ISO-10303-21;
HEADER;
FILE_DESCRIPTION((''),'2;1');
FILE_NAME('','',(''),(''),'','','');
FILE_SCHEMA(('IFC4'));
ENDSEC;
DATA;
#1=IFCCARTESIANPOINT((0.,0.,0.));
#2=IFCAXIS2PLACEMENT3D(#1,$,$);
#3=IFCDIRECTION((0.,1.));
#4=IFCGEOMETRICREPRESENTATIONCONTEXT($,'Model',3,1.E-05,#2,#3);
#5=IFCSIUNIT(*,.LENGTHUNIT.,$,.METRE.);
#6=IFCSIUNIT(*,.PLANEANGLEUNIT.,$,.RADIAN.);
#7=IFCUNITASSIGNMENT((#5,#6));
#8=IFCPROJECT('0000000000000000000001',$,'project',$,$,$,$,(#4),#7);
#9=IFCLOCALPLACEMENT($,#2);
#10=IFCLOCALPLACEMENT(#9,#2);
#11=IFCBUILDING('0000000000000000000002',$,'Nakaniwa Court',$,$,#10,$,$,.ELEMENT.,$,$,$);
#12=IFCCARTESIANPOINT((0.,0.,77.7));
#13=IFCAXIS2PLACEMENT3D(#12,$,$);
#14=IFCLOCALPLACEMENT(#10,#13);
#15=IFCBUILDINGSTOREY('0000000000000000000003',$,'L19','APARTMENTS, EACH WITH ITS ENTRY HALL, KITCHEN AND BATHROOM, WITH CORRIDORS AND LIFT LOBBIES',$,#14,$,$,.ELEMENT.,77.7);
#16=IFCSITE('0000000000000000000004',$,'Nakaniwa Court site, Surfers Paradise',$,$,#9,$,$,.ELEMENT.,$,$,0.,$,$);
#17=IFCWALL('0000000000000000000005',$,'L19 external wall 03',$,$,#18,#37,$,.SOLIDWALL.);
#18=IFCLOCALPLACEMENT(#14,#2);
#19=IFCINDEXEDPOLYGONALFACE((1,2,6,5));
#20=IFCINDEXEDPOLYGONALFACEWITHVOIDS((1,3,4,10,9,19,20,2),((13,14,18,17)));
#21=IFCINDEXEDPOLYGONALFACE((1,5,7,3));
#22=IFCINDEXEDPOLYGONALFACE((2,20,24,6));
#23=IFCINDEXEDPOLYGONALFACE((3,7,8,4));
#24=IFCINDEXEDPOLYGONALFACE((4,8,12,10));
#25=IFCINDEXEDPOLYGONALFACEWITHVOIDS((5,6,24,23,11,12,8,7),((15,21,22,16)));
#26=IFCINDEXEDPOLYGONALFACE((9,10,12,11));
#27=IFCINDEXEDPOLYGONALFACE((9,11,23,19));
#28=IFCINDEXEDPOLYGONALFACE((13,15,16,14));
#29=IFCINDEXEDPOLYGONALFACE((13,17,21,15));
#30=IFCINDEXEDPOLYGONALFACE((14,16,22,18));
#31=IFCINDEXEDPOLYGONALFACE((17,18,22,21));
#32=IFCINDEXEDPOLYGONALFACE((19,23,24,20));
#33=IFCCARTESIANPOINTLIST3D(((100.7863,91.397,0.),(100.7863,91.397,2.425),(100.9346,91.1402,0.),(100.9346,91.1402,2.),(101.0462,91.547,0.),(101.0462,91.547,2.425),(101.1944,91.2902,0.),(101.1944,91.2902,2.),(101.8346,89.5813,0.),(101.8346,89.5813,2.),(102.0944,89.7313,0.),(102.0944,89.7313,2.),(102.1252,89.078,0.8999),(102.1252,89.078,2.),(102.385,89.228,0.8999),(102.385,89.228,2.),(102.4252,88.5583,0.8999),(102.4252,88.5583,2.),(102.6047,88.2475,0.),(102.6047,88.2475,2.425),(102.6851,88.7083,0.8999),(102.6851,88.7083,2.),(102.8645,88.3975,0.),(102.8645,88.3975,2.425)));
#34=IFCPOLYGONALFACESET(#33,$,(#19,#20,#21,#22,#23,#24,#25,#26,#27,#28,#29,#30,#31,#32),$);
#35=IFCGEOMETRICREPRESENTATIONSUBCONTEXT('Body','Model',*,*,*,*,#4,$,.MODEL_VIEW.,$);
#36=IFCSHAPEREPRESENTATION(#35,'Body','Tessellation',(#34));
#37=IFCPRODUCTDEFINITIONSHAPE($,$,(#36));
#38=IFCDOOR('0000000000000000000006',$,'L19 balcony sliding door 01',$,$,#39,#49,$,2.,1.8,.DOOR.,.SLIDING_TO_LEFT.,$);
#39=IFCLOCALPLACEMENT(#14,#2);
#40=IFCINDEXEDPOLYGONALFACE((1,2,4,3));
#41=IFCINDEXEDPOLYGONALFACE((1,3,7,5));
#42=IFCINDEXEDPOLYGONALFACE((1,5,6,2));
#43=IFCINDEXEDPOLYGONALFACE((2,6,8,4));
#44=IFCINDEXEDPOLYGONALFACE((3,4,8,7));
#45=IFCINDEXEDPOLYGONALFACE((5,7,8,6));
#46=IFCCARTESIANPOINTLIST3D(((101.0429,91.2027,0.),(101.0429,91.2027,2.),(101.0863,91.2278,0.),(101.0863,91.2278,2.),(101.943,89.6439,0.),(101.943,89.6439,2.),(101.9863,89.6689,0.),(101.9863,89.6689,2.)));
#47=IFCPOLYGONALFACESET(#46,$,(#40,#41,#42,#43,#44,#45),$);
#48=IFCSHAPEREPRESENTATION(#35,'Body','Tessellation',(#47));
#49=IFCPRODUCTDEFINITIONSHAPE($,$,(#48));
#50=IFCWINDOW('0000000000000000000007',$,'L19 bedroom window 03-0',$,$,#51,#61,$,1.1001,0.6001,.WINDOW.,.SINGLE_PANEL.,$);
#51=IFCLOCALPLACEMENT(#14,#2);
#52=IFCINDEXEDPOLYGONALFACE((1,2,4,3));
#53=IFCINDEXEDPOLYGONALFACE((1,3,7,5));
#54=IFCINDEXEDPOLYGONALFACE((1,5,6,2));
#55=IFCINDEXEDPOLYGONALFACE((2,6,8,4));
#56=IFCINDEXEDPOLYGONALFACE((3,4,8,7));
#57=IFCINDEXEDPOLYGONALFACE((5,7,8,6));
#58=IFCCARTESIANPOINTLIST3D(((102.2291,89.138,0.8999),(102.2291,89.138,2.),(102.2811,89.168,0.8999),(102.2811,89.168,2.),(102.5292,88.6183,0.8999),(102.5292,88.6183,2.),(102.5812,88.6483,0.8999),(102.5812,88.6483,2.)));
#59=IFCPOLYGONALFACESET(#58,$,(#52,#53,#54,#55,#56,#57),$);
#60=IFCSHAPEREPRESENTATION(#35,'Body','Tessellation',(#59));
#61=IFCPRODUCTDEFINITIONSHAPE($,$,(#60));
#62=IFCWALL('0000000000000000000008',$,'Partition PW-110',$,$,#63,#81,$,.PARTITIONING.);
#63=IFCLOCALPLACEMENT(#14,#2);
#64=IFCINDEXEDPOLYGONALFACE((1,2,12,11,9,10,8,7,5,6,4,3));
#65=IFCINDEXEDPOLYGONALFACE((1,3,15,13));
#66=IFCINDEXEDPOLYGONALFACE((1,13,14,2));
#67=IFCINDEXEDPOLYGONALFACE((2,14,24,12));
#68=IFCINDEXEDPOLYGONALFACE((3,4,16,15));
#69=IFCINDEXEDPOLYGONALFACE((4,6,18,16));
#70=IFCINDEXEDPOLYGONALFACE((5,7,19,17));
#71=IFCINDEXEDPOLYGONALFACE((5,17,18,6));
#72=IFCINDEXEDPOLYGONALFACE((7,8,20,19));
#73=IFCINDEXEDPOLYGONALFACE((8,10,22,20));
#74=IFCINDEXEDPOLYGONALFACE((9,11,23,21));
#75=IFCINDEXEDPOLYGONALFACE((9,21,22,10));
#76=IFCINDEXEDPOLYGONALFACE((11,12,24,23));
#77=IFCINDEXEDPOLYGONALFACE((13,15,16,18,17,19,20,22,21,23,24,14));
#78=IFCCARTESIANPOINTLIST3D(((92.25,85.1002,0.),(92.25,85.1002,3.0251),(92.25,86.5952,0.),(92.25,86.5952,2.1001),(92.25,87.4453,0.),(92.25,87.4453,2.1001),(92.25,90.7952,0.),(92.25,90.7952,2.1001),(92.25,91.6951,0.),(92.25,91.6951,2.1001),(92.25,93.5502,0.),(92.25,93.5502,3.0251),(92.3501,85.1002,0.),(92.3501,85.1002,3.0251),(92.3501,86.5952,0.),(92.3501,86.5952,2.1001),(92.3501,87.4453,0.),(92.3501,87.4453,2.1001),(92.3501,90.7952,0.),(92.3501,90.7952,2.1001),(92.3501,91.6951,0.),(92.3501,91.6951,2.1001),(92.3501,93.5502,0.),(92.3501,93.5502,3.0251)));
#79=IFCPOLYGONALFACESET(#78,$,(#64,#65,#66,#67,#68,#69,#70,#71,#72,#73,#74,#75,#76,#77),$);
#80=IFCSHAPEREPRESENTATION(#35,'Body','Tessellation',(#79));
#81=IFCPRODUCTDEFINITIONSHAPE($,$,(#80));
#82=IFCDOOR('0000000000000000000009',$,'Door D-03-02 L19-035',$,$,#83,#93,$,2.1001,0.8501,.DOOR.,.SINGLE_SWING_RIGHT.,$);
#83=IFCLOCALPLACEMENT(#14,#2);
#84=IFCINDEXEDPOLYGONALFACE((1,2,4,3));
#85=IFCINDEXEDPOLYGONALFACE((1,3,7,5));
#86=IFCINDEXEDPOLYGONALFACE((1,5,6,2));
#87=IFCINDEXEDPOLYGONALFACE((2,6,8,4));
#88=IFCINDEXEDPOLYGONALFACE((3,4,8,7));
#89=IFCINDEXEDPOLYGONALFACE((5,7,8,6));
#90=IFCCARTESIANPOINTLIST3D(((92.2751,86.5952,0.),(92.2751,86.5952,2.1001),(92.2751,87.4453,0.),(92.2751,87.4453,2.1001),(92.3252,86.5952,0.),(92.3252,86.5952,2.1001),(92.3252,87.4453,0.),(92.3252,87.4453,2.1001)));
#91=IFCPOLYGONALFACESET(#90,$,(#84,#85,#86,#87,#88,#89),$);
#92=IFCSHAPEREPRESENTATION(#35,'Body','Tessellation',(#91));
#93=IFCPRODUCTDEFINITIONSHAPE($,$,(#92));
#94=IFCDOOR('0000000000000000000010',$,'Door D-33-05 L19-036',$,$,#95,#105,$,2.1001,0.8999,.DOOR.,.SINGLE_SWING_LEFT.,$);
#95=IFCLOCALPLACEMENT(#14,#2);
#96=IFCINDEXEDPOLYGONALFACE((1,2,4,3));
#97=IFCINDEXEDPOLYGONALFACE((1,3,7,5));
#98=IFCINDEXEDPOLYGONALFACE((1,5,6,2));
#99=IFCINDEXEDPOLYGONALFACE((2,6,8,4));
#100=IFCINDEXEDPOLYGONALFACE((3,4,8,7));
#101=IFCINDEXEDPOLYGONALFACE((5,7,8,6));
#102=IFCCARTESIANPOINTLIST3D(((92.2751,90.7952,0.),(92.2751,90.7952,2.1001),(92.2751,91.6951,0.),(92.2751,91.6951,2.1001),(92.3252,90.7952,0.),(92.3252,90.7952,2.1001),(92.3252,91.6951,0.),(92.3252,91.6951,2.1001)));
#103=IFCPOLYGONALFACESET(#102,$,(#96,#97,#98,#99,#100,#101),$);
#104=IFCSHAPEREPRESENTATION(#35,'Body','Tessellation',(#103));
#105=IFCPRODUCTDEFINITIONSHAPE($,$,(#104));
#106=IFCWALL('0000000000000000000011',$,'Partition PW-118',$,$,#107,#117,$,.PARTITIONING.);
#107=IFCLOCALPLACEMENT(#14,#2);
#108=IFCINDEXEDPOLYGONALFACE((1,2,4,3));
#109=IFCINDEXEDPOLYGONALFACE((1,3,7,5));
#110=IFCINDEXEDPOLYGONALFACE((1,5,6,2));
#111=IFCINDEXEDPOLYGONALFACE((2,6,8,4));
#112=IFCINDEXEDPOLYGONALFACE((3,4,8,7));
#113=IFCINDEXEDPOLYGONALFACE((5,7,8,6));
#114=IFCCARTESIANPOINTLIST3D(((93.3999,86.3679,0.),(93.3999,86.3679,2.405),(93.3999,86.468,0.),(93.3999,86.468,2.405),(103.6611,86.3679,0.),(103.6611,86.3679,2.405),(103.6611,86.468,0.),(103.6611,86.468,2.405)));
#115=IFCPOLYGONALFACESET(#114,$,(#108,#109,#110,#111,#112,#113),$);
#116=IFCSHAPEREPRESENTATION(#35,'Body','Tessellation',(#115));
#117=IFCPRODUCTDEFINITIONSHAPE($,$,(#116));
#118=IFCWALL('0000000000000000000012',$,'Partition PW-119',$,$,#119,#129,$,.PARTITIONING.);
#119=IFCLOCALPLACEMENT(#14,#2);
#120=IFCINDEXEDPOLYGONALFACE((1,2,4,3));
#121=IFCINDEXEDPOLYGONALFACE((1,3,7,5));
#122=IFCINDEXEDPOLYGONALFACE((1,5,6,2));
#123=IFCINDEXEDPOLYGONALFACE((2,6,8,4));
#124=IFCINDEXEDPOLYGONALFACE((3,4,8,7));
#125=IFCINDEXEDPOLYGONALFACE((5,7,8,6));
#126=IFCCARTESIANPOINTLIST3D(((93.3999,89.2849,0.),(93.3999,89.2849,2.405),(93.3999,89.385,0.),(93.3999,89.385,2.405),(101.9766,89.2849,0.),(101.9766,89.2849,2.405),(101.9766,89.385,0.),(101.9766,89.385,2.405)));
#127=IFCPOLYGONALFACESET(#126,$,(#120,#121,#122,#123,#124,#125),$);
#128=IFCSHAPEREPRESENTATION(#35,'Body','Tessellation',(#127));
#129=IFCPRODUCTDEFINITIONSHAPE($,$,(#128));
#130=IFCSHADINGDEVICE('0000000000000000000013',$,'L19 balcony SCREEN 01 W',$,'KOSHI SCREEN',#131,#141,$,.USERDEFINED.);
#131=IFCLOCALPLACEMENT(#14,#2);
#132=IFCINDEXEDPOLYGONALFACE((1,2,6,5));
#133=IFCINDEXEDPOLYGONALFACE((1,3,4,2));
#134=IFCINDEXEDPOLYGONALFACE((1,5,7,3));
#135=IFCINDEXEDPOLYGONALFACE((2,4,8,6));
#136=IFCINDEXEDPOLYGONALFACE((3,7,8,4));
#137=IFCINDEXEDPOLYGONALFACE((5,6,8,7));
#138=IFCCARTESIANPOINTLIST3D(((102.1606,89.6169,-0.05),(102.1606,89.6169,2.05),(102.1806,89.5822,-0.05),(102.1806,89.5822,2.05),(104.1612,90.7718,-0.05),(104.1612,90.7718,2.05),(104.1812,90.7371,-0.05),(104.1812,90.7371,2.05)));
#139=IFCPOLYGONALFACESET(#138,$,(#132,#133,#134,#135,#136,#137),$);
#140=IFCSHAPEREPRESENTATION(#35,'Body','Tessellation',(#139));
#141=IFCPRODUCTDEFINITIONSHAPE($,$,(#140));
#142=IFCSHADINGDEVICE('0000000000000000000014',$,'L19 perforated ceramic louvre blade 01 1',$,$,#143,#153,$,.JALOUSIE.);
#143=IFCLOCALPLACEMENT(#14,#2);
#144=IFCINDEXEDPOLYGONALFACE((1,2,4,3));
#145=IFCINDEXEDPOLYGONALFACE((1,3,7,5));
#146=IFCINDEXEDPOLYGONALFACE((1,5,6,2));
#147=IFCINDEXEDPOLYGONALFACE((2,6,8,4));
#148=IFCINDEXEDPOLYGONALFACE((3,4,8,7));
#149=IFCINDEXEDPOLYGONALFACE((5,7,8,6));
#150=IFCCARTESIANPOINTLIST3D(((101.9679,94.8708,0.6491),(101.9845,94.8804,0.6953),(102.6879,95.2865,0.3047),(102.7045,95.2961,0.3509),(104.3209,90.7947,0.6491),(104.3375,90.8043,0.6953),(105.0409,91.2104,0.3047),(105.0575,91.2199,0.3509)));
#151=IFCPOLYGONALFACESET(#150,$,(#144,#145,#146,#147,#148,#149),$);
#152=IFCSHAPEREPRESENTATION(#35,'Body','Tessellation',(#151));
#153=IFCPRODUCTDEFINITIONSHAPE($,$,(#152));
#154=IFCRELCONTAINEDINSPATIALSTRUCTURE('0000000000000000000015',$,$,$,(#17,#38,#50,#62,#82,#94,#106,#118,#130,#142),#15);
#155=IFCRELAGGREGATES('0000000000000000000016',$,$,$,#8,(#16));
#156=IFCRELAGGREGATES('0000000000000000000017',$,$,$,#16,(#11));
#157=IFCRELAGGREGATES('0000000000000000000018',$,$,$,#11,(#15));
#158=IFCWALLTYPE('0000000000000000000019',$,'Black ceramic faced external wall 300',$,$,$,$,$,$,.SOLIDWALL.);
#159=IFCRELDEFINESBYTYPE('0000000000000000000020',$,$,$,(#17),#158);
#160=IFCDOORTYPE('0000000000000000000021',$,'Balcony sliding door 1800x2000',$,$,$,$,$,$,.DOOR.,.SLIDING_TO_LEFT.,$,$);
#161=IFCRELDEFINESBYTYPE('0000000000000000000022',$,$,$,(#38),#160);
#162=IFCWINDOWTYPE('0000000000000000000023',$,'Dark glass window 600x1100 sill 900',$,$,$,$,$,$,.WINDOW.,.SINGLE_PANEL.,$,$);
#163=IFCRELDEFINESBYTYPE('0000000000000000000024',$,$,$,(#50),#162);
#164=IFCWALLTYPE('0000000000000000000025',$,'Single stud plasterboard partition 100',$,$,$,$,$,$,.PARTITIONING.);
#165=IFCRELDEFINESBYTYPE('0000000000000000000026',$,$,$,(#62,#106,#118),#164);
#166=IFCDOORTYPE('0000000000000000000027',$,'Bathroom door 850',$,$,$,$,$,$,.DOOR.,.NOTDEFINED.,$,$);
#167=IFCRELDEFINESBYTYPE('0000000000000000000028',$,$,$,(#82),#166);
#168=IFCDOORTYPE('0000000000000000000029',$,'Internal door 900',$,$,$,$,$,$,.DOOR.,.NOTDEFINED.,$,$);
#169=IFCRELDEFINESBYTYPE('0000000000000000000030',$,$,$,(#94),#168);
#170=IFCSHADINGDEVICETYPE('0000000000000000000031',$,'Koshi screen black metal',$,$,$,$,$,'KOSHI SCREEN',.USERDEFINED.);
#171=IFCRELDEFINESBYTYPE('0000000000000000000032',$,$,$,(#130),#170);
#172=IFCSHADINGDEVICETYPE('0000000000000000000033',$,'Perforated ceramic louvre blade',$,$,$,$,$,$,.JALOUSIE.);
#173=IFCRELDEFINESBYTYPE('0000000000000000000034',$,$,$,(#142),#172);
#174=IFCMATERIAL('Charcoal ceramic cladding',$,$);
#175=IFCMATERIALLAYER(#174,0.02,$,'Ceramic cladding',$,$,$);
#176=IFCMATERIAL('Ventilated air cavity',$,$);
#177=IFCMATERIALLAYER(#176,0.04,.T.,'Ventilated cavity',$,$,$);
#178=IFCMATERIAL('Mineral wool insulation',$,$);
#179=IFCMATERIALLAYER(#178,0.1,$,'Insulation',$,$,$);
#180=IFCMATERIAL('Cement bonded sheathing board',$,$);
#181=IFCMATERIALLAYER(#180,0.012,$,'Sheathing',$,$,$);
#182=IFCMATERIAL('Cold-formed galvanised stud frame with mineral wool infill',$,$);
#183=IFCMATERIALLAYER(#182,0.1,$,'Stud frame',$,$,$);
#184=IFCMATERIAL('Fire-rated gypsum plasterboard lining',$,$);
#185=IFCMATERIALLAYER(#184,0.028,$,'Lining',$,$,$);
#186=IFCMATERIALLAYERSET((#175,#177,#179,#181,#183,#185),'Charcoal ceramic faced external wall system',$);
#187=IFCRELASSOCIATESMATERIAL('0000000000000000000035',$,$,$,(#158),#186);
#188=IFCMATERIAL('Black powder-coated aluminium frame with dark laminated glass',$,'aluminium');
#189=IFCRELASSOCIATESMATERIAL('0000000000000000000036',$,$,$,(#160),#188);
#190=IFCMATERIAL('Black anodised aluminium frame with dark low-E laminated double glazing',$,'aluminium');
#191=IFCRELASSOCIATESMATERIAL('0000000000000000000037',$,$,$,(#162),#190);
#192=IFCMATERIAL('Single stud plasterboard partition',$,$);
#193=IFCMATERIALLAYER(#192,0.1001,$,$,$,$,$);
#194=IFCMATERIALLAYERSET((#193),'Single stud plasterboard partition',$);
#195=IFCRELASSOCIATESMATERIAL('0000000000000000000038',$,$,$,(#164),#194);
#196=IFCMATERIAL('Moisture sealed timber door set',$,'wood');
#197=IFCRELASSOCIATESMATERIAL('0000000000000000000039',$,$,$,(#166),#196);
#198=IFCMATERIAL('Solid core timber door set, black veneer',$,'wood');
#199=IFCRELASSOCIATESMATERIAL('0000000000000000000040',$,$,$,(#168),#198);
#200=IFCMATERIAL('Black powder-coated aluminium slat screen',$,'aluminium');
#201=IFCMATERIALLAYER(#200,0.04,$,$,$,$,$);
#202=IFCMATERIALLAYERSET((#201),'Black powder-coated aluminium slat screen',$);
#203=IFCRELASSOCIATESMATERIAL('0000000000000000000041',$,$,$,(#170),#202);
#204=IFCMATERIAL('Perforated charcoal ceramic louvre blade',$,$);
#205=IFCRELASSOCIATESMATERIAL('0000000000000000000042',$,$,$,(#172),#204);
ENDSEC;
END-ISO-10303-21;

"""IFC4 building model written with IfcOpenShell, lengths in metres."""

from ifc_helpers import new_model, si_unit, direction, frame, frame_2d, origin, origin_2d, place, context, subcontext, project, spatial, rectangle, extrude, material, layer, layer_set, material_profile, profile_set, type_object, element, fill, save


model = new_model("IFC4")

# Units and contexts
model_context = context("Model", 3, precision=1e-05, world=origin(), true_north=direction((0.0, 1.0)))
body_context = subcontext(model_context, "Body", "Model", "MODEL_VIEW")
ifc_project = project(units=[si_unit("LENGTHUNIT", "METRE"), si_unit("PLANEANGLEUNIT", "RADIAN")], contexts=[model_context])

# Site, building, storey
site_placement = place(None, origin())
site = spatial("IfcSite", under=ifc_project, at=site_placement, Name="Nakaniwa Court site, Surfers Paradise", CompositionType="ELEMENT", RefElevation=0.0)
building_placement = place(site_placement, origin())
building = spatial("IfcBuilding", under=site, at=building_placement, Name="Nakaniwa Court", CompositionType="ELEMENT")
storey_placement = place(building_placement, frame((0.0, 0.0, 77.7)))
storey = spatial("IfcBuildingStorey", under=building, at=storey_placement, Name="L19", Description="APARTMENTS, EACH WITH ITS ENTRY HALL, KITCHEN AND BATHROOM, WITH CORRIDORS AND LIFT LOBBIES", CompositionType="ELEMENT", Elevation=77.7)

# Shared definitions
ifc_material_1 = material(Name="Charcoal ceramic cladding")
ifc_layer_1 = layer(ifc_material_1, 0.02, Name="Ceramic cladding")
ifc_material_2 = material(Name="Ventilated air cavity")
ifc_layer_2 = layer(ifc_material_2, 0.04, ventilated=True, Name="Ventilated cavity")
ifc_material_3 = material(Name="Mineral wool insulation")
ifc_layer_3 = layer(ifc_material_3, 0.1, Name="Insulation")
ifc_material_4 = material(Name="Cement bonded sheathing board")
ifc_layer_4 = layer(ifc_material_4, 0.012, Name="Sheathing")
ifc_material_5 = material(Name="Cold-formed galvanised stud frame with mineral wool infill")
ifc_layer_5 = layer(ifc_material_5, 0.1, Name="Stud frame")
ifc_material_6 = material(Name="Fire-rated gypsum plasterboard lining")
ifc_layer_6 = layer(ifc_material_6, 0.028, Name="Lining")
ifc_layer_set_1 = layer_set([ifc_layer_1, ifc_layer_2, ifc_layer_3, ifc_layer_4, ifc_layer_5, ifc_layer_6], Name="Charcoal ceramic faced external wall system")
wall_type_1 = type_object("IfcWallType", Name="Black ceramic faced external wall 300", PredefinedType="SOLIDWALL", material=ifc_layer_set_1)
ifc_material_7 = material(Name="Black anodised aluminium frame with dark low-E laminated double glazing", Category="aluminium")

# Wall, openings, door, window
wall_1_placement = place(storey_placement, frame((102.7346, 88.3225, 0.0), z_axis=(0.0, 0.0, 1.0), x_axis=(-0.500009, 0.86602, 0.0)))
wall_1 = element("IfcWall", 1, at=wall_1_placement, inside=storey, type_object=wall_type_1, Name="L19 external wall 03", PredefinedType="SOLIDWALL", context=body_context, shape_type="SweptSolid", body=[
    extrude(rectangle(XDim=3.6367, YDim=0.3, at=frame_2d((1.8184, 0.0))), origin(), (0.0, 0.0, 1.0), 2.425),
])
opening_1_placement = place(wall_1_placement, frame((1.5403, 0.0, 0.0)))
opening_1 = element("IfcOpeningElement", 2, at=opening_1_placement, cuts=wall_1, PredefinedType="OPENING", context=body_context, shape_type="SweptSolid", body=[
    extrude(rectangle(XDim=1.8, YDim=2.0, at=frame_2d((0.8999, 1.0))), frame((0.0, 0.1599, 0.0), z_axis=(0.0, -1.0, 0.0), x_axis=(1.0, 0.0, 0.0)), (0.0, 0.0, 1.0), 0.3201),
])
opening_2_placement = place(wall_1_placement, frame((0.3589, 0.0, 0.8999)))
opening_2 = element("IfcOpeningElement", 3, at=opening_2_placement, cuts=wall_1, PredefinedType="OPENING", context=body_context, shape_type="SweptSolid", body=[
    extrude(rectangle(XDim=0.6001, YDim=1.1001, at=frame_2d((0.3, 0.55))), frame((0.0, 0.1599, 0.0), z_axis=(0.0, -1.0, 0.0), x_axis=(1.0, 0.0, 0.0)), (0.0, 0.0, 1.0), 0.3201),
])
ifc_material_8 = material(Name="Black powder-coated aluminium frame with dark laminated glass", Category="aluminium")
door_type_1 = type_object("IfcDoorType", Name="Balcony sliding door 1800x2000", OperationType="SLIDING_TO_LEFT", PredefinedType="DOOR", material=ifc_material_8)
door_1_placement = place(opening_1_placement, origin())
door_1 = element("IfcDoor", 4, at=door_1_placement, inside=storey, type_object=door_type_1, Name="L19 balcony sliding door 01", OperationType="SLIDING_TO_LEFT", OverallHeight=2.0, OverallWidth=1.8, PredefinedType="DOOR", context=body_context, shape_type="SweptSolid", body=[
    extrude(rectangle(XDim=1.8, YDim=2.0, at=frame_2d((0.8999, 1.0))), frame((0.0, 0.0249, 0.0), z_axis=(0.0, -1.0, 0.0), x_axis=(1.0, 0.0, 0.0)), (0.0, 0.0, 1.0), 0.05),
])
fill(opening_1, door_1)
window_type_1 = type_object("IfcWindowType", Name="Dark glass window 600x1100 sill 900", PartitioningType="SINGLE_PANEL", PredefinedType="WINDOW", material=ifc_material_7)
window_1_placement = place(opening_2_placement, origin())
window_1 = element("IfcWindow", 5, at=window_1_placement, inside=storey, type_object=window_type_1, Name="L19 bedroom window 03-0", OverallHeight=1.1001, OverallWidth=0.6001, PartitioningType="SINGLE_PANEL", PredefinedType="WINDOW", context=body_context, shape_type="SweptSolid", body=[
    extrude(rectangle(XDim=0.6001, YDim=1.1001, at=frame_2d((0.3, 0.55))), frame((0.0, 0.03, 0.0), z_axis=(0.0, -1.0, 0.0), x_axis=(1.0, 0.0, 0.0)), (0.0, 0.0, 1.0), 0.0601),
])
fill(opening_2, window_1)

# Wall, openings, doors
ifc_material_9 = material(Name="Single stud plasterboard partition")
ifc_layer_7 = layer(ifc_material_9, 0.1001)
ifc_layer_set_2 = layer_set([ifc_layer_7], Name="Single stud plasterboard partition")
wall_type_2 = type_object("IfcWallType", Name="Single stud plasterboard partition 100", PredefinedType="PARTITIONING", material=ifc_layer_set_2)
wall_2_placement = place(storey_placement, frame((92.3, 85.1001, 0.0), z_axis=(0.0, 0.0, 1.0), x_axis=(0.0, 1.0, 0.0)))
wall_2 = element("IfcWall", 6, at=wall_2_placement, inside=storey, type_object=wall_type_2, Name="Partition PW-110", PredefinedType="PARTITIONING", context=body_context, shape_type="SweptSolid", body=[
    extrude(rectangle(XDim=8.45, YDim=0.1001, at=frame_2d((4.2251, 0.0))), origin(), (0.0, 0.0, 1.0), 3.0251),
])
opening_3_placement = place(wall_2_placement, frame((1.4951, 0.0, 0.0)))
opening_3 = element("IfcOpeningElement", 7, at=opening_3_placement, cuts=wall_2, PredefinedType="OPENING", context=body_context, shape_type="SweptSolid", body=[
    extrude(rectangle(XDim=0.8501, YDim=2.1001, at=frame_2d((0.425, 1.05))), frame((0.0, 0.0601, 0.0), z_axis=(0.0, -1.0, 0.0), x_axis=(1.0, 0.0, 0.0)), (0.0, 0.0, 1.0), 0.1201),
])
opening_4_placement = place(wall_2_placement, frame((5.6951, 0.0, 0.0)))
opening_4 = element("IfcOpeningElement", 8, at=opening_4_placement, cuts=wall_2, PredefinedType="OPENING", context=body_context, shape_type="SweptSolid", body=[
    extrude(rectangle(XDim=0.8999, YDim=2.1001, at=frame_2d((0.45, 1.05))), frame((0.0, 0.0601, 0.0), z_axis=(0.0, -1.0, 0.0), x_axis=(1.0, 0.0, 0.0)), (0.0, 0.0, 1.0), 0.1201),
])
ifc_material_10 = material(Name="Moisture sealed timber door set", Category="wood")
door_type_2 = type_object("IfcDoorType", Name="Bathroom door 850", OperationType="NOTDEFINED", PredefinedType="DOOR", material=ifc_material_10)
door_2_placement = place(opening_3_placement, origin())
door_2 = element("IfcDoor", 9, at=door_2_placement, inside=storey, type_object=door_type_2, Name="Door D-03-02 L19-035", OperationType="SINGLE_SWING_RIGHT", OverallHeight=2.1001, OverallWidth=0.8501, PredefinedType="DOOR", context=body_context, shape_type="SweptSolid", body=[
    extrude(rectangle(XDim=0.8501, YDim=2.1001, at=frame_2d((0.425, 1.05))), frame((0.0, 0.0249, 0.0), z_axis=(0.0, -1.0, 0.0), x_axis=(1.0, 0.0, 0.0)), (0.0, 0.0, 1.0), 0.05),
])
fill(opening_3, door_2)
ifc_material_11 = material(Name="Solid core timber door set, black veneer", Category="wood")
door_type_3 = type_object("IfcDoorType", Name="Internal door 900", OperationType="NOTDEFINED", PredefinedType="DOOR", material=ifc_material_11)
door_3_placement = place(opening_4_placement, origin())
door_3 = element("IfcDoor", 10, at=door_3_placement, inside=storey, type_object=door_type_3, Name="Door D-33-05 L19-036", OperationType="SINGLE_SWING_LEFT", OverallHeight=2.1001, OverallWidth=0.8999, PredefinedType="DOOR", context=body_context, shape_type="SweptSolid", body=[
    extrude(rectangle(XDim=0.8999, YDim=2.1001, at=frame_2d((0.45, 1.05))), frame((0.0, 0.0249, 0.0), z_axis=(0.0, -1.0, 0.0), x_axis=(1.0, 0.0, 0.0)), (0.0, 0.0, 1.0), 0.05),
])
fill(opening_4, door_3)

# Walls
wall_3_placement = place(storey_placement, frame((93.3999, 86.418, 0.0), z_axis=(0.0, 0.0, 1.0), x_axis=(1.0, 0.0, 0.0)))
element("IfcWall", 11, at=wall_3_placement, inside=storey, type_object=wall_type_2, Name="Partition PW-118", PredefinedType="PARTITIONING", context=body_context, shape_type="SweptSolid", body=[
    extrude(rectangle(XDim=10.2612, YDim=0.1001, at=frame_2d((5.1306, 0.0))), origin(), (0.0, 0.0, 1.0), 2.405),
])
wall_4_placement = place(storey_placement, frame((93.3999, 89.335, 0.0), z_axis=(0.0, 0.0, 1.0), x_axis=(1.0, 0.0, 0.0)))
element("IfcWall", 12, at=wall_4_placement, inside=storey, type_object=wall_type_2, Name="Partition PW-119", PredefinedType="PARTITIONING", context=body_context, shape_type="SweptSolid", body=[
    extrude(rectangle(XDim=8.5767, YDim=0.1001, at=frame_2d((4.2883, 0.0))), origin(), (0.0, 0.0, 1.0), 2.405),
])

# Shading devices
ifc_material_12 = material(Name="Black powder-coated aluminium slat screen", Category="aluminium")
ifc_layer_8 = layer(ifc_material_12, 0.04)
ifc_layer_set_3 = layer_set([ifc_layer_8], Name="Black powder-coated aluminium slat screen")
shading_device_type_1 = type_object("IfcShadingDeviceType", Name="Koshi screen black metal", ElementType="KOSHI SCREEN", PredefinedType="USERDEFINED", material=ifc_layer_set_3)
shading_device_placement = place(storey_placement, frame((103.1709, 90.177, -0.05), z_axis=(0.0, 0.0, 1.0), x_axis=(-0.499974, 0.86604, 0.0)))
element("IfcShadingDevice", 13, at=shading_device_placement, inside=storey, type_object=shading_device_type_1, Name="L19 balcony SCREEN 01 W", ObjectType="KOSHI SCREEN", PredefinedType="USERDEFINED", context=body_context, shape_type="SweptSolid", body=[
    extrude(rectangle(XDim=0.04, YDim=2.3101, at=origin_2d()), origin(), (0.0, 0.0, 1.0), 2.1001),
])
ifc_material_13 = material(Name="Perforated charcoal ceramic louvre blade")
ifc_material_profile_1 = material_profile(ifc_material_13, rectangle(XDim=0.8999, YDim=0.05, at=origin_2d()), Name="Perforated ceramic louvre blade")
ifc_profile_set_1 = profile_set([ifc_material_profile_1], Name="Perforated charcoal ceramic louvre blade")
shading_device_type_2 = type_object("IfcShadingDeviceType", Name="Perforated ceramic louvre blade", PredefinedType="JALOUSIE", material=ifc_profile_set_1)
for number, where, z_axis, x_axis, name in (
    (14, (104.6892, 91.0073, 0.5), (-0.499944, 0.866058, 0.0), (-0.800133, -0.461888, 0.382683), "L19 perforated ceramic louvre blade 01 1"),
):
    element("IfcShadingDevice", number, at=place(storey_placement, frame(where, z_axis=z_axis, x_axis=x_axis)), inside=storey, type_object=shading_device_type_2, Name=name, PredefinedType="JALOUSIE", context=body_context, shape_type="SweptSolid", body=[
        extrude(rectangle(XDim=0.8999, YDim=0.05, at=origin_2d()), origin(), (0.0, 0.0, 1.0), 4.7065),
    ])

save(model, "model.ifc")
